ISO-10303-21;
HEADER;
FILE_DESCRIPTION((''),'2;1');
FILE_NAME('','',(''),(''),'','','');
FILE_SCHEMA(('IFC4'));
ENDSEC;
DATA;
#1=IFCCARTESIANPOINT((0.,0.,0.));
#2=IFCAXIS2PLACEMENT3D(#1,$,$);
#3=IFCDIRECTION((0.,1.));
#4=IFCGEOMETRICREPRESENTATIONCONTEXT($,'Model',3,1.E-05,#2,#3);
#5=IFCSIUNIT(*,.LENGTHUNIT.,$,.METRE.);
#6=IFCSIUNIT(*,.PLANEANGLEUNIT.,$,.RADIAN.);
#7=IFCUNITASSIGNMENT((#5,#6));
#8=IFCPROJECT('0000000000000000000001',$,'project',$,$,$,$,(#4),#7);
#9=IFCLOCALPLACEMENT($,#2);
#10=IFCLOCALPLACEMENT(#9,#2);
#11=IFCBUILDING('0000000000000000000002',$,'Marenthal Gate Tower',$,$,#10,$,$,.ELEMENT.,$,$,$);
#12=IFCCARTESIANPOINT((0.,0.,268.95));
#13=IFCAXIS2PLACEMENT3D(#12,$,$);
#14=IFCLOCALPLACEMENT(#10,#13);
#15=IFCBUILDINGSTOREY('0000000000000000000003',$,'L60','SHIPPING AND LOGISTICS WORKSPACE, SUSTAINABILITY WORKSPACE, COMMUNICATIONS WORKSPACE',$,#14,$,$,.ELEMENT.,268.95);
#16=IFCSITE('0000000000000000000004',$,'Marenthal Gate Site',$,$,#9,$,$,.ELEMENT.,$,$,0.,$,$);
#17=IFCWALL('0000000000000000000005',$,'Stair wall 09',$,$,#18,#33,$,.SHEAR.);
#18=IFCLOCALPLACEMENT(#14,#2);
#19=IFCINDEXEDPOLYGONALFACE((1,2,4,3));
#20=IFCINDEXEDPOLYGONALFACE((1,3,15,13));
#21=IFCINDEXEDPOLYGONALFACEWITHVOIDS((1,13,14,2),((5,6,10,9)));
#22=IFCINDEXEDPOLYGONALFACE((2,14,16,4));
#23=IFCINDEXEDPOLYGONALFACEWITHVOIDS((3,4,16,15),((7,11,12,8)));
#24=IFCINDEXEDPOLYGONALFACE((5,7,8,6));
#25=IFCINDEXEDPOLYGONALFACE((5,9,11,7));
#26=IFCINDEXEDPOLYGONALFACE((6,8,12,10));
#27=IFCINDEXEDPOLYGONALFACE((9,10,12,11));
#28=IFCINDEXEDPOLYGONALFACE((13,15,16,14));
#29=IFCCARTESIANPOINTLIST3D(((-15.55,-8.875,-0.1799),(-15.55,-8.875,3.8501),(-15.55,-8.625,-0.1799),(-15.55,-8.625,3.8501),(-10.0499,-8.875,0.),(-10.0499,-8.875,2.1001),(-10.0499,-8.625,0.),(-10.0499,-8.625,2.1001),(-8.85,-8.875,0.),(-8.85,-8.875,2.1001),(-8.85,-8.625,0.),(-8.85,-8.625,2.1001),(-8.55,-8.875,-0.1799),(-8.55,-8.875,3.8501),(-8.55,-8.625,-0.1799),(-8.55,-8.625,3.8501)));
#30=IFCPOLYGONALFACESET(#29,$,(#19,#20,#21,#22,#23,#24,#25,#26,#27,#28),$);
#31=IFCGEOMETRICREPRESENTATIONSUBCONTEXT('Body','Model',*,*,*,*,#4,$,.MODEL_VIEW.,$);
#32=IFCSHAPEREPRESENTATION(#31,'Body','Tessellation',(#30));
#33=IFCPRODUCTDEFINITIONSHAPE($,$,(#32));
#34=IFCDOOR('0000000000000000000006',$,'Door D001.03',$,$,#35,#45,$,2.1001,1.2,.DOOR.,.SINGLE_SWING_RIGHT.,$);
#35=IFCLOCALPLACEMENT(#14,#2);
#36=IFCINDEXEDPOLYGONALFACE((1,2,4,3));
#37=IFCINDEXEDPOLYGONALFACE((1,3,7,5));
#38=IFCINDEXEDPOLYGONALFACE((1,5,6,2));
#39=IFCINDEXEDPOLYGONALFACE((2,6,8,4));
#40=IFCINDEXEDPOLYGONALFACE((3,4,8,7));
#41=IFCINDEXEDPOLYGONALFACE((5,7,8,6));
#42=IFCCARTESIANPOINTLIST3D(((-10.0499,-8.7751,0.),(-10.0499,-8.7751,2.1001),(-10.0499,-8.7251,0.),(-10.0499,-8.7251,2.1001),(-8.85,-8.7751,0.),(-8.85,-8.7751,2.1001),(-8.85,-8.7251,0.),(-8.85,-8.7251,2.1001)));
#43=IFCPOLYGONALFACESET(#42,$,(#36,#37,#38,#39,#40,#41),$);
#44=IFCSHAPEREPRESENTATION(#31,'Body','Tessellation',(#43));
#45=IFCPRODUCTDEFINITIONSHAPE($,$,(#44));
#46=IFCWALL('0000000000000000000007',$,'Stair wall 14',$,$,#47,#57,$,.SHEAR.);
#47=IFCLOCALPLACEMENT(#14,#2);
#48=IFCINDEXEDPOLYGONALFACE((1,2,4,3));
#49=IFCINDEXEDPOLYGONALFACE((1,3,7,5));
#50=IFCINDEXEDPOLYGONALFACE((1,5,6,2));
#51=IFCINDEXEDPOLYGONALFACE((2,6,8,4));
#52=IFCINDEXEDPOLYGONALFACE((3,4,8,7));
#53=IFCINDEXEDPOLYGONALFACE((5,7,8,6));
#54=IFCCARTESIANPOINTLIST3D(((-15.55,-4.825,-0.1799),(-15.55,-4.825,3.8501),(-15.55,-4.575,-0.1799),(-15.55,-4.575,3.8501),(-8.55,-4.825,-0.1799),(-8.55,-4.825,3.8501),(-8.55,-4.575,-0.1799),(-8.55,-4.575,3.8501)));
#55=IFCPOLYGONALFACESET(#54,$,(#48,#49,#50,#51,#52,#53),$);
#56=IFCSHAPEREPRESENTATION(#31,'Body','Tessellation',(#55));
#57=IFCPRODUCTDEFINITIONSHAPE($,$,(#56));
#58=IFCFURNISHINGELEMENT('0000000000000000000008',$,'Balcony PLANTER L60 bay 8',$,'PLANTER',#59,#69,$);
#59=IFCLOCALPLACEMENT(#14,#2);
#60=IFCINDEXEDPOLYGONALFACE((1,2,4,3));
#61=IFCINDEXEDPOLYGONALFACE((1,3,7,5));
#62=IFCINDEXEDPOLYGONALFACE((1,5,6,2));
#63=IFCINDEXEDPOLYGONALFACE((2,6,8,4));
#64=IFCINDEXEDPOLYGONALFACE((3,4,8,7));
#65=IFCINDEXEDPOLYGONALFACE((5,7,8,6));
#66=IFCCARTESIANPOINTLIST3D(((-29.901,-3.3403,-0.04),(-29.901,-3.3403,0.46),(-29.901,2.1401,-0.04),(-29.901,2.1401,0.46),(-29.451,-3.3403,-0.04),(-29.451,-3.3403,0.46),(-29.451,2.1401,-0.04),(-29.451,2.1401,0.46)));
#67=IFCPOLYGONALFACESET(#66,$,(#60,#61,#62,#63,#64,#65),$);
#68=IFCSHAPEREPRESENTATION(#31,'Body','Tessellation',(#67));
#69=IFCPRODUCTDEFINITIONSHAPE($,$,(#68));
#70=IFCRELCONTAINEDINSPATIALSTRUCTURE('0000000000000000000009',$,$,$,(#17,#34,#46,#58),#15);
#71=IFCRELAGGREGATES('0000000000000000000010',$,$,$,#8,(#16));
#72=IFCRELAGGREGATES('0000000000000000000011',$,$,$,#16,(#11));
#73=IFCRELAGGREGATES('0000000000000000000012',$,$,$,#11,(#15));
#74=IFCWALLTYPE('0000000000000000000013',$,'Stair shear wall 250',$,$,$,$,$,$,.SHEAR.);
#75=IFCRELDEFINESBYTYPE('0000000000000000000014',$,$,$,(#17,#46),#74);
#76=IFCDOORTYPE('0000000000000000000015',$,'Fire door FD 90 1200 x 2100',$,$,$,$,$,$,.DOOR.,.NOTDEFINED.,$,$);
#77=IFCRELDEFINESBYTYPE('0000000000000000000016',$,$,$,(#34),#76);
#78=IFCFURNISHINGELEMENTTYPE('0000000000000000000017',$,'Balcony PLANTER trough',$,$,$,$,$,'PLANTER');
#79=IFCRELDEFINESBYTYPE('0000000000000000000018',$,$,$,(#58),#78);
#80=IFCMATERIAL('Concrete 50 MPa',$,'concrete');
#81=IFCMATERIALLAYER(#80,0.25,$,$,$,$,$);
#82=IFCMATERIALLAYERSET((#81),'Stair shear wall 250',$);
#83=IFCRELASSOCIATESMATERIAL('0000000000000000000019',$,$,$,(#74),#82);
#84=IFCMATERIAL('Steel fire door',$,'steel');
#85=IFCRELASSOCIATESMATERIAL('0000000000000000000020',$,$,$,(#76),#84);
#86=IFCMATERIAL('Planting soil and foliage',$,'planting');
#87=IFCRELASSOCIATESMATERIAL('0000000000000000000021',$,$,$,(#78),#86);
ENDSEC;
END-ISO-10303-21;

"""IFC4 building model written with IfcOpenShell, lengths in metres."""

from ifc_helpers import new_model, si_unit, direction, frame, frame_2d, origin, origin_2d, place, context, subcontext, project, spatial, rectangle, extrude, material, layer, layer_set, type_object, element, fill, save


model = new_model("IFC4")

# Units and contexts
model_context = context("Model", 3, precision=1e-05, world=origin(), true_north=direction((0.0, 1.0)))
body_context = subcontext(model_context, "Body", "Model", "MODEL_VIEW")
ifc_project = project(units=[si_unit("LENGTHUNIT", "METRE"), si_unit("PLANEANGLEUNIT", "RADIAN")], contexts=[model_context])

# Site, building, storey
site_placement = place(None, origin())
site = spatial("IfcSite", under=ifc_project, at=site_placement, Name="Marenthal Gate Site", CompositionType="ELEMENT", RefElevation=0.0)
building_placement = place(site_placement, origin())
building = spatial("IfcBuilding", under=site, at=building_placement, Name="Marenthal Gate Tower", CompositionType="ELEMENT")
storey_placement = place(building_placement, frame((0.0, 0.0, 268.95)))
storey = spatial("IfcBuildingStorey", under=building, at=storey_placement, Name="L60", Description="SHIPPING AND LOGISTICS WORKSPACE, SUSTAINABILITY WORKSPACE, COMMUNICATIONS WORKSPACE", CompositionType="ELEMENT", Elevation=268.95)

# Wall, opening, door
ifc_material_1 = material(Name="Concrete 50 MPa", Category="concrete")
ifc_layer_1 = layer(ifc_material_1, 0.25)
ifc_layer_set_1 = layer_set([ifc_layer_1], Name="Stair shear wall 250")
wall_type_1 = type_object("IfcWallType", Name="Stair shear wall 250", PredefinedType="SHEAR", material=ifc_layer_set_1)
wall_1_placement = place(storey_placement, frame((-15.55, -8.75, -0.1799), z_axis=(0.0, 0.0, 1.0), x_axis=(1.0, 0.0, 0.0)))
wall_1 = element("IfcWall", 1, at=wall_1_placement, inside=storey, type_object=wall_type_1, Name="Stair wall 09", PredefinedType="SHEAR", context=body_context, shape_type="SweptSolid", body=[
    extrude(rectangle(XDim=7.0, YDim=0.25, at=frame_2d((3.5, 0.0))), origin(), (0.0, 0.0, 1.0), 4.03),
])
opening_placement = place(wall_1_placement, frame((5.5, 0.0, 0.1799)))
opening = element("IfcOpeningElement", 2, at=opening_placement, cuts=wall_1, PredefinedType="OPENING", context=body_context, shape_type="SweptSolid", body=[
    extrude(rectangle(XDim=1.2, YDim=2.1001, at=frame_2d((0.6001, 1.05))), frame((0.0, 0.135, 0.0), z_axis=(0.0, -1.0, 0.0), x_axis=(1.0, 0.0, 0.0)), (0.0, 0.0, 1.0), 0.27),
])
ifc_material_2 = material(Name="Steel fire door", Category="steel")
door_type = type_object("IfcDoorType", Name="Fire door FD 90 1200 x 2100", OperationType="NOTDEFINED", PredefinedType="DOOR", material=ifc_material_2)
door_placement = place(opening_placement, origin())
door = element("IfcDoor", 3, at=door_placement, inside=storey, type_object=door_type, Name="Door D001.03", OperationType="SINGLE_SWING_RIGHT", OverallHeight=2.1001, OverallWidth=1.2, PredefinedType="DOOR", context=body_context, shape_type="SweptSolid", body=[
    extrude(rectangle(XDim=1.2, YDim=2.1001, at=frame_2d((0.6001, 1.05))), frame((0.0, 0.0249, 0.0), z_axis=(0.0, -1.0, 0.0), x_axis=(1.0, 0.0, 0.0)), (0.0, 0.0, 1.0), 0.05),
])
fill(opening, door)

# Wall
wall_2_placement = place(storey_placement, frame((-15.55, -4.7, -0.1799), z_axis=(0.0, 0.0, 1.0), x_axis=(1.0, 0.0, 0.0)))
element("IfcWall", 4, at=wall_2_placement, inside=storey, type_object=wall_type_1, Name="Stair wall 14", PredefinedType="SHEAR", context=body_context, shape_type="SweptSolid", body=[
    extrude(rectangle(XDim=7.0, YDim=0.25, at=frame_2d((3.5, 0.0))), origin(), (0.0, 0.0, 1.0), 4.03),
])

# Furnishing element
ifc_material_3 = material(Name="Planting soil and foliage", Category="planting")
furnishing_element_type = type_object("IfcFurnishingElementType", Name="Balcony PLANTER trough", ElementType="PLANTER", material=ifc_material_3)
furnishing_placement = place(storey_placement, frame((-29.676, -0.6001, -0.04), z_axis=(0.0, 0.0, 1.0), x_axis=(0.0, -1.0, 0.0)))
element("IfcFurnishingElement", 5, at=furnishing_placement, inside=storey, type_object=furnishing_element_type, Name="Balcony PLANTER L60 bay 8", ObjectType="PLANTER", context=body_context, shape_type="SweptSolid", body=[
    extrude(rectangle(XDim=5.4805, YDim=0.45, at=origin_2d()), origin(), (0.0, 0.0, 1.0), 0.5),
])

save(model, "model.ifc")
